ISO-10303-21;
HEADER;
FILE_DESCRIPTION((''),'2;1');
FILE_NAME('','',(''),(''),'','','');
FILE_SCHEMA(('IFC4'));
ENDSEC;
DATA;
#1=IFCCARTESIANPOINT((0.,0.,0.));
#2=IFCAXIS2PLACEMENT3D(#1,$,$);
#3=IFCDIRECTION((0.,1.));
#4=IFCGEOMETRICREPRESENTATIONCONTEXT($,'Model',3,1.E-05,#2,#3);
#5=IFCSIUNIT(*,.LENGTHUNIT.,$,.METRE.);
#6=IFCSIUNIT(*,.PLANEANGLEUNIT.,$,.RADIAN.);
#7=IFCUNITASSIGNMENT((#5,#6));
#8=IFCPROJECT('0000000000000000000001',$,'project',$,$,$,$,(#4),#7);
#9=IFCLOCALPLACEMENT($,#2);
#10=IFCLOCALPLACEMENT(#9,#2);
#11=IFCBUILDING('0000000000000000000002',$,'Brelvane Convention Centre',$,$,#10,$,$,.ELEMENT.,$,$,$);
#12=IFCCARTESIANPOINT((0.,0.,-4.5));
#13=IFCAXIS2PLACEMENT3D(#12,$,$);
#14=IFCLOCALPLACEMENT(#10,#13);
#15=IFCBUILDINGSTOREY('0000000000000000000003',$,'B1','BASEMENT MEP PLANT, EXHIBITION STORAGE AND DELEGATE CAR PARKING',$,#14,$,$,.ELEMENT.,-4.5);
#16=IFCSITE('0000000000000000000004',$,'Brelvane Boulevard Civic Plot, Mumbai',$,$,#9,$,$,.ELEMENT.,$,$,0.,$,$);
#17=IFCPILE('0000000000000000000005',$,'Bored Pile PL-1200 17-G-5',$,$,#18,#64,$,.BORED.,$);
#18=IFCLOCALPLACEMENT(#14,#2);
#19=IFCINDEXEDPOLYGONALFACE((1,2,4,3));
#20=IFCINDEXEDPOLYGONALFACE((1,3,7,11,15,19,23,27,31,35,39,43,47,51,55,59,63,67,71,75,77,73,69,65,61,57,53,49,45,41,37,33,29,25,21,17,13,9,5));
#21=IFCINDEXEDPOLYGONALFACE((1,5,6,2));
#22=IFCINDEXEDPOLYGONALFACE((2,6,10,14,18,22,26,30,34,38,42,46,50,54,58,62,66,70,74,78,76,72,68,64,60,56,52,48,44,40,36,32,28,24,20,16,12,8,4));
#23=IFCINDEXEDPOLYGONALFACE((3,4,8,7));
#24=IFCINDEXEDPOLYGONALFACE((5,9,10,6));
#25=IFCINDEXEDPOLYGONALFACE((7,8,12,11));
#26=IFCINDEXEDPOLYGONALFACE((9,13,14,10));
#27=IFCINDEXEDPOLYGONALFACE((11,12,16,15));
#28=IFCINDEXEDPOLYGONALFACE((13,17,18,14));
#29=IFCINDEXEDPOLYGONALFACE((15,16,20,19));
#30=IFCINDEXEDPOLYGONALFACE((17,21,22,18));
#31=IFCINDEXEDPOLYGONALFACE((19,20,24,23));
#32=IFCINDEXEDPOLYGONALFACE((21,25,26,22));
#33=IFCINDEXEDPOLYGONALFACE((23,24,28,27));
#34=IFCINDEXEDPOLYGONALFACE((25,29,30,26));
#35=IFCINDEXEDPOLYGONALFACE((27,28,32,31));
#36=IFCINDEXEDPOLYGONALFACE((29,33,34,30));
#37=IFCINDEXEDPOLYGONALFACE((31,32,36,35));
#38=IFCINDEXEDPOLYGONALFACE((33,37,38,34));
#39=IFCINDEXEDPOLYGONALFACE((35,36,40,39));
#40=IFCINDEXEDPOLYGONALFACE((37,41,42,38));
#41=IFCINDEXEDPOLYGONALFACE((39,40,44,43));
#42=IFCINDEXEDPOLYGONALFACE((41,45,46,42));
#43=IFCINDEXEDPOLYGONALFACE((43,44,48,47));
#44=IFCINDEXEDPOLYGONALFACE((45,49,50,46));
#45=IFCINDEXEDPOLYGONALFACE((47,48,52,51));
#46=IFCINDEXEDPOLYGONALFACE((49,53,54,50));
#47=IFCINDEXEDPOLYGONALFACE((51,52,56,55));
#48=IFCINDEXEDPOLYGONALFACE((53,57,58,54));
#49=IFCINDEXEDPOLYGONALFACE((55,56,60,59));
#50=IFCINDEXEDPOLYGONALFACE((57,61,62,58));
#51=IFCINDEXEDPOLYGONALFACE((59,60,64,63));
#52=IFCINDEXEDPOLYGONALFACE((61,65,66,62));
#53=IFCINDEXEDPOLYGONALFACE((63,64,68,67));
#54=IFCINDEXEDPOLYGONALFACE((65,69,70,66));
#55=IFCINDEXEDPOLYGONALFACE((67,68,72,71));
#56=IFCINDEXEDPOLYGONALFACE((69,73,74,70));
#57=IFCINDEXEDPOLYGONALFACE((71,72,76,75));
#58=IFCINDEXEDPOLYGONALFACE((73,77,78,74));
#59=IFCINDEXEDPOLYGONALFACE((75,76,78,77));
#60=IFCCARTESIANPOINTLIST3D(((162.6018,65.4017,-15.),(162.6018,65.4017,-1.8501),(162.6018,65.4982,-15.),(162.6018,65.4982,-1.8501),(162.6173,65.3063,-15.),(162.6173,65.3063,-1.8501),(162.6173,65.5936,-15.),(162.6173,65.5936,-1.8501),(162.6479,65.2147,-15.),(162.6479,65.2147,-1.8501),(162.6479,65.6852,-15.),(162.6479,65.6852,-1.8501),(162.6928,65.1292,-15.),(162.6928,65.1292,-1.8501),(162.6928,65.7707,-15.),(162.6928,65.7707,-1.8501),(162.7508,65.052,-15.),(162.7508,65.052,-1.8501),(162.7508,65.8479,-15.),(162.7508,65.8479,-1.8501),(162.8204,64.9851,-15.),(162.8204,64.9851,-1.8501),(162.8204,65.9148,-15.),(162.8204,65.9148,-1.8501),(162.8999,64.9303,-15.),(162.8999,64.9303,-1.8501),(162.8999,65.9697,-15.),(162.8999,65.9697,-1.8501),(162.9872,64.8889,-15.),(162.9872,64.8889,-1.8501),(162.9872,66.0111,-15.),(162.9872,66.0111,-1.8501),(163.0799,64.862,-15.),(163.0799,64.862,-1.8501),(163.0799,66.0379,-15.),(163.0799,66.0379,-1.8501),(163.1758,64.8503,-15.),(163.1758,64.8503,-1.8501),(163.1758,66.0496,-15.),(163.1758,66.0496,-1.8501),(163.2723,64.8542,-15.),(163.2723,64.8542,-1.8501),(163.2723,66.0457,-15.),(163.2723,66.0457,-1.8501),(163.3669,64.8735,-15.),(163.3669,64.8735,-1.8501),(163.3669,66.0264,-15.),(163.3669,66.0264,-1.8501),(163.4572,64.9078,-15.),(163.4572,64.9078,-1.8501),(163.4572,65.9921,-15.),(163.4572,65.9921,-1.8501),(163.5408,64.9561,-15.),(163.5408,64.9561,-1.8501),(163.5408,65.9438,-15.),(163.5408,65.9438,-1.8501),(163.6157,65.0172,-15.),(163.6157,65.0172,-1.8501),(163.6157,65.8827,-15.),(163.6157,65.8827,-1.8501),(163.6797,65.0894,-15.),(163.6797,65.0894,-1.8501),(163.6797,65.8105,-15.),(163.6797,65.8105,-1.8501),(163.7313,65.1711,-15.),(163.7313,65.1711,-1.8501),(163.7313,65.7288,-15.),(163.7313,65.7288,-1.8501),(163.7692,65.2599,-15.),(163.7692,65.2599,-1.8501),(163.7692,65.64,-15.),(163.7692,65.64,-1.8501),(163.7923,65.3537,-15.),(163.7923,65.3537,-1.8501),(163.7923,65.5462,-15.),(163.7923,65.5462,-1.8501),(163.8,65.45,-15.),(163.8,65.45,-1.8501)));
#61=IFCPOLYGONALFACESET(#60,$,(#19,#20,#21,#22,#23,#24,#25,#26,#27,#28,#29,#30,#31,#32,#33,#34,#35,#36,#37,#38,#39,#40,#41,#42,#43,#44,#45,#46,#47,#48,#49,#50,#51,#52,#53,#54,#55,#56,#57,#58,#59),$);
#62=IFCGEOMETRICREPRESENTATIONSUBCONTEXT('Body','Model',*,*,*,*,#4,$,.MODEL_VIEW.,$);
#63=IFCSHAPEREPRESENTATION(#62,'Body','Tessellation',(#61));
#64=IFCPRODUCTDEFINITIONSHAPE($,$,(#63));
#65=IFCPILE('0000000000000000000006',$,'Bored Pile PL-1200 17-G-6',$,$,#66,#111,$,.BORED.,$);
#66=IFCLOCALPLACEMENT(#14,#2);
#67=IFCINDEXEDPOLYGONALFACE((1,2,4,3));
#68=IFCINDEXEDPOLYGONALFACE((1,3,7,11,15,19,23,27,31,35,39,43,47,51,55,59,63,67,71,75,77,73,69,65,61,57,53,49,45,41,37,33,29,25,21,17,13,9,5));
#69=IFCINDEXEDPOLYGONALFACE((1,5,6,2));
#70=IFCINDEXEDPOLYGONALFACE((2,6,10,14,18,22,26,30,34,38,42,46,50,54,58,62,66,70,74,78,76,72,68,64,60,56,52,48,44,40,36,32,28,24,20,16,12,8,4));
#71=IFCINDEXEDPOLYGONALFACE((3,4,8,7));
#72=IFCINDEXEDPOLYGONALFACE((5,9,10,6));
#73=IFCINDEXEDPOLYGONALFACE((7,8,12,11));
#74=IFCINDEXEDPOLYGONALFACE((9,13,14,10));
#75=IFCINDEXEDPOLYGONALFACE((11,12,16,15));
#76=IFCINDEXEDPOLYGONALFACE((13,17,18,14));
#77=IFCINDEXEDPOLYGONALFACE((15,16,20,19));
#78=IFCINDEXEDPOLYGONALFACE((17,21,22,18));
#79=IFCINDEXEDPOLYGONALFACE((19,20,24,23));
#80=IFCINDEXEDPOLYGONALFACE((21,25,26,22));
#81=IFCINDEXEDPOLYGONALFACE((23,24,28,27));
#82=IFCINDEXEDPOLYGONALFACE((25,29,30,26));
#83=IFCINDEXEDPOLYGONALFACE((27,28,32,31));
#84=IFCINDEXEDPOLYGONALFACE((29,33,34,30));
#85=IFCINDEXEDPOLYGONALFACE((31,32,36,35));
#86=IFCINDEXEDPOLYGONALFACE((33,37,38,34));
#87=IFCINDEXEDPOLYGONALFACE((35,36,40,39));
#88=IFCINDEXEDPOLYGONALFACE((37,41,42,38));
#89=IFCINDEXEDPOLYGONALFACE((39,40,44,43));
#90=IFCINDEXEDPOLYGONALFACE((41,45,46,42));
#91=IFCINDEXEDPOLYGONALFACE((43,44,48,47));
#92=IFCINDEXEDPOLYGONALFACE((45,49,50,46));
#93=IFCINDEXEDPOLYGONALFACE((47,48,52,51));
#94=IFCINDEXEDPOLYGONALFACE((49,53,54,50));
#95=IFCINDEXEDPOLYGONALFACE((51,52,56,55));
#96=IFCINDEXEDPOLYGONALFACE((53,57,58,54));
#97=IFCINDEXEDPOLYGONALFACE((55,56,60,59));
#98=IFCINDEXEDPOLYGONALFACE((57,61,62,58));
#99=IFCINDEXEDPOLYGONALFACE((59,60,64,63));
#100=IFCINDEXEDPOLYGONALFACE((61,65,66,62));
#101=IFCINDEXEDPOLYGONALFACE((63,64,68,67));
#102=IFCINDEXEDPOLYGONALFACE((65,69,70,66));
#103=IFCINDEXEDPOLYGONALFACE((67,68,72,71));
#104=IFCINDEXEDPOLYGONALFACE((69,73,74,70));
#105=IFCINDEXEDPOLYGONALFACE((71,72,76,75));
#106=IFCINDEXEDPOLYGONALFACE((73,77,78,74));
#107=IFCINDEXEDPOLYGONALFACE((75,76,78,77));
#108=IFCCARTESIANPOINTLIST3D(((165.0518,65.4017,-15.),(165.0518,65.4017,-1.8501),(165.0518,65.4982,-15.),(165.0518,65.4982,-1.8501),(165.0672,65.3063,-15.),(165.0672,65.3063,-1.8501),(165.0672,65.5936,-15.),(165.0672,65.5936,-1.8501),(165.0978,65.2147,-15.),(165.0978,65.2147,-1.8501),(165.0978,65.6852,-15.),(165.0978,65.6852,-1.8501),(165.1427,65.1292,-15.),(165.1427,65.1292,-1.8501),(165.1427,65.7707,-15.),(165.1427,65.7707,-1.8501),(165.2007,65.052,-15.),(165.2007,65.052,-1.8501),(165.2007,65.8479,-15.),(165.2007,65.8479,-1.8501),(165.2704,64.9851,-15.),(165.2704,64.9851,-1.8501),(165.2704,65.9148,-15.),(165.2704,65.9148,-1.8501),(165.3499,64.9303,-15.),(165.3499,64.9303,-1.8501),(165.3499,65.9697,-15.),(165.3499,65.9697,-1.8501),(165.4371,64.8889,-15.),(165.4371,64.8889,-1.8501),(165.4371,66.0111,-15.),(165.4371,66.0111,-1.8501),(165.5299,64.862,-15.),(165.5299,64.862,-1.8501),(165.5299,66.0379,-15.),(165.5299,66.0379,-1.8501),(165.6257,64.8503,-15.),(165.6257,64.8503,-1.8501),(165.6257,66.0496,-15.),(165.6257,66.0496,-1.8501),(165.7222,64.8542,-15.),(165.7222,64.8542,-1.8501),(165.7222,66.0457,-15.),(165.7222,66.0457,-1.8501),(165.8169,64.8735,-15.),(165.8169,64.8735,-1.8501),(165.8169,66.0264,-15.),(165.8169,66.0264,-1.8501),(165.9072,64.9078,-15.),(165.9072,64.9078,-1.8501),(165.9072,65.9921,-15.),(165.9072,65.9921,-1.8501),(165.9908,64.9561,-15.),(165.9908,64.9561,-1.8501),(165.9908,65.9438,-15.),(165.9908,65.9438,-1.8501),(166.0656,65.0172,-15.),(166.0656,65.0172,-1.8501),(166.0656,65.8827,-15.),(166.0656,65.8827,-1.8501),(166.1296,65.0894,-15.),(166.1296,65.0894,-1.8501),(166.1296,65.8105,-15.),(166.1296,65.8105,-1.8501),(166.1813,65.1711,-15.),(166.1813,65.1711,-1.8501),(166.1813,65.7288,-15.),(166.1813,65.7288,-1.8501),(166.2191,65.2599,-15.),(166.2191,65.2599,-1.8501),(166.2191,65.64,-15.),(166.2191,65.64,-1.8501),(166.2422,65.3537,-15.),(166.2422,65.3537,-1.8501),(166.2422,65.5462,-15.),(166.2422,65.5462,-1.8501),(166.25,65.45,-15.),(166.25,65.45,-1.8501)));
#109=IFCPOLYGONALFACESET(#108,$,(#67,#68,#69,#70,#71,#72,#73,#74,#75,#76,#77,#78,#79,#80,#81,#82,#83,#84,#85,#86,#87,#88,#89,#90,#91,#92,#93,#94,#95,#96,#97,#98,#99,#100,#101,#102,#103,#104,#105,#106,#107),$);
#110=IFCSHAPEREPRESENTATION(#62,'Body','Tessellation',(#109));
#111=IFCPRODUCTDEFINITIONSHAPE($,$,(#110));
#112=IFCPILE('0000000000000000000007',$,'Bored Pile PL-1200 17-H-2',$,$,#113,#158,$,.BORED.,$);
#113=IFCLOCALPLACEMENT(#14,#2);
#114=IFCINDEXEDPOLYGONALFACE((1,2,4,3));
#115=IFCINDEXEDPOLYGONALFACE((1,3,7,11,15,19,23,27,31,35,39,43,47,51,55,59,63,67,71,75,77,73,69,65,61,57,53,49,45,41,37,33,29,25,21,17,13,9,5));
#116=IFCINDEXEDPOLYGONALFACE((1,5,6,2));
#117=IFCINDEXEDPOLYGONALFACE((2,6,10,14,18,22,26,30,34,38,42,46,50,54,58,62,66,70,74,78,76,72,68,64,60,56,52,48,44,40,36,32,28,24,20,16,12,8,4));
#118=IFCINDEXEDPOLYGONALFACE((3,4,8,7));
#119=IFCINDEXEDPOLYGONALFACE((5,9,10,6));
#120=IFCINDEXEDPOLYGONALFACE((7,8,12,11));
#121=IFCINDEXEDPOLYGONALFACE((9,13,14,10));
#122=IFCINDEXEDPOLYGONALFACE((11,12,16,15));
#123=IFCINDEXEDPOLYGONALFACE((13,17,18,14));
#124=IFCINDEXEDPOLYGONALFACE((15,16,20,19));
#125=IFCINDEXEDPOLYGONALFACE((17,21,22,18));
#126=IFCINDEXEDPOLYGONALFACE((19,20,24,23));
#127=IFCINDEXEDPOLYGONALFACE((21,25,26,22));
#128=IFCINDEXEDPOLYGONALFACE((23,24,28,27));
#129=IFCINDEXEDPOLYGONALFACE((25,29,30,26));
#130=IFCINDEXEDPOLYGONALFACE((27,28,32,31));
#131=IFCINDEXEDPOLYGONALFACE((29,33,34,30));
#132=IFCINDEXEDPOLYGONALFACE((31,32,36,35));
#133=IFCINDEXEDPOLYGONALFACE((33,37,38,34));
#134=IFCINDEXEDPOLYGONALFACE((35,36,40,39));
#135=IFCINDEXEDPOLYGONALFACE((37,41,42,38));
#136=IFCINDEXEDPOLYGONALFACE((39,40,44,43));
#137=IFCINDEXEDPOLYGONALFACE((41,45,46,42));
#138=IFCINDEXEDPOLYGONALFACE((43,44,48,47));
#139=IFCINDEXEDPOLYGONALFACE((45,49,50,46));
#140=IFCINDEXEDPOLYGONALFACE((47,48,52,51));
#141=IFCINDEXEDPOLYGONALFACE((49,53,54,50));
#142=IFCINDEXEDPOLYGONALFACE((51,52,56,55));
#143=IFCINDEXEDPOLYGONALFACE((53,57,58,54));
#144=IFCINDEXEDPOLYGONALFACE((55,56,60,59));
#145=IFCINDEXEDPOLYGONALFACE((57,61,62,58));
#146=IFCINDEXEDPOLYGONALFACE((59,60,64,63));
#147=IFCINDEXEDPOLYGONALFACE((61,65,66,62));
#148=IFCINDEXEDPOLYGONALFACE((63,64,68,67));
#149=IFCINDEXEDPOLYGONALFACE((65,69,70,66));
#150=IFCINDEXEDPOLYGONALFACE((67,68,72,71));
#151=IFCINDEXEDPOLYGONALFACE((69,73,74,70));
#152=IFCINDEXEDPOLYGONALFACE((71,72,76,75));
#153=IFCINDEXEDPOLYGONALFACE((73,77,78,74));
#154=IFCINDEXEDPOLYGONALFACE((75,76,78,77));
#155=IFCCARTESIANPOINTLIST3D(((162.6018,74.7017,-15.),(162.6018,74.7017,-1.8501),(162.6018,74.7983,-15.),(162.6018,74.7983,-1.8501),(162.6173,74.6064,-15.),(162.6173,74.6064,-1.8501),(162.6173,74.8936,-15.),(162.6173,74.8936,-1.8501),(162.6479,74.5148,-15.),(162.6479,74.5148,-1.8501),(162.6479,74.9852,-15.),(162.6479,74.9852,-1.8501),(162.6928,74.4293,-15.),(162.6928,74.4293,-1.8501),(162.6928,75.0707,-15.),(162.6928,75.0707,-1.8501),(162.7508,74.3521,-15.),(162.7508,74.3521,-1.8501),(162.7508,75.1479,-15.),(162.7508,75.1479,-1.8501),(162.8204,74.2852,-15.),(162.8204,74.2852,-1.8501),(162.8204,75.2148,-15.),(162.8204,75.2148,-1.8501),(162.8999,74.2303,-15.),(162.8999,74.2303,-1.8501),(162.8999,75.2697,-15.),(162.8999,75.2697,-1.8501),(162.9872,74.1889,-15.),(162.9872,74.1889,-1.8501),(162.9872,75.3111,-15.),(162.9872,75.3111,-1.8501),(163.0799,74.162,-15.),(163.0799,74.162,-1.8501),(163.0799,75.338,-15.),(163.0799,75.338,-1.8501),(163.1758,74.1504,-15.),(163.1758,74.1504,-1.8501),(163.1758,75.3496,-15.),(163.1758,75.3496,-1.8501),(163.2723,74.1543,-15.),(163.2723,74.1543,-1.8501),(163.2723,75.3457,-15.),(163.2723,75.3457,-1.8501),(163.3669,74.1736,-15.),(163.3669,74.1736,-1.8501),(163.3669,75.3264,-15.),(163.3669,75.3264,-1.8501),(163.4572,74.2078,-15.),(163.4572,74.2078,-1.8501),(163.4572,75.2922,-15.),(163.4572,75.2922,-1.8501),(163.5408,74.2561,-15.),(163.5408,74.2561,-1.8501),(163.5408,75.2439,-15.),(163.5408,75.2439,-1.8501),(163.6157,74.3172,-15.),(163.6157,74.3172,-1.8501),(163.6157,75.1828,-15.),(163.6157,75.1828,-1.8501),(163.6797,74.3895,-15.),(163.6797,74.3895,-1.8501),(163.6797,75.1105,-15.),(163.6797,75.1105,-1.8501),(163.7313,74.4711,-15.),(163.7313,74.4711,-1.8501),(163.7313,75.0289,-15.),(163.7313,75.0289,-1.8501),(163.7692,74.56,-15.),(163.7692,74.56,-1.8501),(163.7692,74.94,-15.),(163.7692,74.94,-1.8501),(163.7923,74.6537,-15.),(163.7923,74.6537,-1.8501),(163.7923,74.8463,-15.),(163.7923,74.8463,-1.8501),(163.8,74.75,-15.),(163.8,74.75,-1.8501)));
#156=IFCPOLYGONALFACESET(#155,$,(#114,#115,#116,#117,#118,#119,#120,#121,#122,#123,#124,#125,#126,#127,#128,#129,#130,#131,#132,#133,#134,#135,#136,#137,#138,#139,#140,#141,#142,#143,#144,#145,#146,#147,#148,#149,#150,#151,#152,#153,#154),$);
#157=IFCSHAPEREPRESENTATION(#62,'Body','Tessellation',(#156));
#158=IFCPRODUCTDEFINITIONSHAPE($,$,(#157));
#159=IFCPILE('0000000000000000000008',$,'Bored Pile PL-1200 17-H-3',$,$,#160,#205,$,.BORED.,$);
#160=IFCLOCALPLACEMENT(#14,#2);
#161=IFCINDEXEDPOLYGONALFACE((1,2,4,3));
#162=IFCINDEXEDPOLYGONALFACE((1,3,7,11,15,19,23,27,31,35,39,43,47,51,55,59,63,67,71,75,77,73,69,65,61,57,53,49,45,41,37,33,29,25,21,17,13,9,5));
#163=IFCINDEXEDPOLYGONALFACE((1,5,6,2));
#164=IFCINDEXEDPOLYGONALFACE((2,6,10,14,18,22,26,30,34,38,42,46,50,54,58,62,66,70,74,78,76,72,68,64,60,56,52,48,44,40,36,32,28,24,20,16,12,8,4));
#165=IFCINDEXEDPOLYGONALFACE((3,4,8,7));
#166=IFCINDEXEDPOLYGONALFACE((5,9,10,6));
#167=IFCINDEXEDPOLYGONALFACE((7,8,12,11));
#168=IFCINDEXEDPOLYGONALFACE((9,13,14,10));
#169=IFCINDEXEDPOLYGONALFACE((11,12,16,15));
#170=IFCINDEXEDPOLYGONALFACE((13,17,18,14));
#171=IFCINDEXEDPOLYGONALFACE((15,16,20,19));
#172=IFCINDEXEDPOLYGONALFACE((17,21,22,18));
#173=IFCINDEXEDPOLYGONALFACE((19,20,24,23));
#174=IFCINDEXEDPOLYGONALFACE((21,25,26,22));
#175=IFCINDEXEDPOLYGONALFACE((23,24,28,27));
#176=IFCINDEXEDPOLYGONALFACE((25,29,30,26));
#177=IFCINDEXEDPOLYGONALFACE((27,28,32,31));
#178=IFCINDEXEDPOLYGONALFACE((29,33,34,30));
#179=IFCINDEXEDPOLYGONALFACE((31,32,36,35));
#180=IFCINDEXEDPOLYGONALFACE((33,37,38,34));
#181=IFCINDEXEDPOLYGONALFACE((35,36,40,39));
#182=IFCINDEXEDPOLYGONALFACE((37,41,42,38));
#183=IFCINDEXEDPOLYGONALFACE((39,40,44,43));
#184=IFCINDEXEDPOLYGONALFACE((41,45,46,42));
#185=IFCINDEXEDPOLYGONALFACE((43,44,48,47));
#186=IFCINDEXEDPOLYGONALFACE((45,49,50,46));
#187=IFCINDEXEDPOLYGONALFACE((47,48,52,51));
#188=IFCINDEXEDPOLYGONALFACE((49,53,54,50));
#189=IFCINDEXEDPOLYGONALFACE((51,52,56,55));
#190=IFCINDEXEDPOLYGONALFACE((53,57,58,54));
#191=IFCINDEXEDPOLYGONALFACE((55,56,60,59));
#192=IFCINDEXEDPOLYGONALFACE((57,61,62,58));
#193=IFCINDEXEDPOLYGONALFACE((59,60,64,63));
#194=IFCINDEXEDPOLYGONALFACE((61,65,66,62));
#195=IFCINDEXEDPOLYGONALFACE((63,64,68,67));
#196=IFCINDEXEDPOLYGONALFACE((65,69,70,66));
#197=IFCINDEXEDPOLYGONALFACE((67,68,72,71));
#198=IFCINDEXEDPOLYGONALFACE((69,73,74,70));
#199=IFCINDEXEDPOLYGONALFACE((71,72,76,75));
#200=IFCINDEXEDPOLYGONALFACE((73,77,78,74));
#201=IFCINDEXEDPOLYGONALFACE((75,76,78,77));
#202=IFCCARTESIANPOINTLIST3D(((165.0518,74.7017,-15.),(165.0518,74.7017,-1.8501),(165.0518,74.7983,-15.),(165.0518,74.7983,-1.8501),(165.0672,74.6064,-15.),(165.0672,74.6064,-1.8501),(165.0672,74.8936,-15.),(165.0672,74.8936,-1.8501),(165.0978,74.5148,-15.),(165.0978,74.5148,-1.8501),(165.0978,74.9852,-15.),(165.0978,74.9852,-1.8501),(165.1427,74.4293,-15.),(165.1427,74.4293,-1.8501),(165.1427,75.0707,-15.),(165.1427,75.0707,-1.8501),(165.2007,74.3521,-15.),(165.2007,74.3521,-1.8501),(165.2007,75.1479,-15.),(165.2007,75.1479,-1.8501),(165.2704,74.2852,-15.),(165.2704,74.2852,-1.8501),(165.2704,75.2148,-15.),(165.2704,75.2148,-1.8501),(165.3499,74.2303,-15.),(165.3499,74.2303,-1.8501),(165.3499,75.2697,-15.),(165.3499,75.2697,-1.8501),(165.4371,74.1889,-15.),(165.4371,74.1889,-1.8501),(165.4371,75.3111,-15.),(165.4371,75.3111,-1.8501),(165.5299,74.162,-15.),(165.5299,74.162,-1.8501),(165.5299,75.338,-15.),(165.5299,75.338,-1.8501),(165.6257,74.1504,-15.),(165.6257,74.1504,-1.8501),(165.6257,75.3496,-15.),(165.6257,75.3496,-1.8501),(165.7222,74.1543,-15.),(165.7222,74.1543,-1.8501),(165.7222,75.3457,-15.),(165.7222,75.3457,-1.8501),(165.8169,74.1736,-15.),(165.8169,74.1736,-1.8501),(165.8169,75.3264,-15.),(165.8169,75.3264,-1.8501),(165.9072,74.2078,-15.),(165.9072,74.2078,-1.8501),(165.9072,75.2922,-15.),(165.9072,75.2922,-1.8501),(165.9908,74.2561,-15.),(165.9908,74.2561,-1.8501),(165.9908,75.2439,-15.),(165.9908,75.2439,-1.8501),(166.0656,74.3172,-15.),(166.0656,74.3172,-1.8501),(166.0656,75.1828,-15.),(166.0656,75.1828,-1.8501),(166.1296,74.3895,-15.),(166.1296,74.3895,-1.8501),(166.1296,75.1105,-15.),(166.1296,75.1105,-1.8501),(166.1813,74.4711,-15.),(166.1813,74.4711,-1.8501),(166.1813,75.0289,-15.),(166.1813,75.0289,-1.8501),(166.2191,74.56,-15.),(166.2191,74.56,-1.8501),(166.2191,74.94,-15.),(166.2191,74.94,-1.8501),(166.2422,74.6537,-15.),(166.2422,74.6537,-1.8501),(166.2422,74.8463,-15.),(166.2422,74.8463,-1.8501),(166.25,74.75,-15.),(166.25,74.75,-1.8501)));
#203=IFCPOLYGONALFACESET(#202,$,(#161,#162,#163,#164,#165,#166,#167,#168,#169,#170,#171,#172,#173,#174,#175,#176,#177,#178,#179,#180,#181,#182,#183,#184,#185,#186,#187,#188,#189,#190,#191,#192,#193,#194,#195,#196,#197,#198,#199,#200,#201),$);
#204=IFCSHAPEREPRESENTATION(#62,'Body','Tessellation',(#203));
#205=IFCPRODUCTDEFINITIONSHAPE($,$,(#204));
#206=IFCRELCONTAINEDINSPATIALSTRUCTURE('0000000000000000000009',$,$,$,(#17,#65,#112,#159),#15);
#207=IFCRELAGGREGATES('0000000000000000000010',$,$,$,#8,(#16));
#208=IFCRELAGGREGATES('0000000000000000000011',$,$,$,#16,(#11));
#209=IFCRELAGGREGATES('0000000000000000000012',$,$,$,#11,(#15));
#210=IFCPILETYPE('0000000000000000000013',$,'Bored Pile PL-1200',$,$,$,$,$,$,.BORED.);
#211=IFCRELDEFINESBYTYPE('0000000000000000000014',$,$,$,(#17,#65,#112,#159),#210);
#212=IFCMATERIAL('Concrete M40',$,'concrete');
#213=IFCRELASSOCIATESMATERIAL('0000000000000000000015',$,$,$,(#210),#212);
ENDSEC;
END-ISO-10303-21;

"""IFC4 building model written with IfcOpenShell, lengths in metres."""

from ifc_helpers import new_model, si_unit, direction, frame, origin, origin_2d, place, context, subcontext, project, spatial, circle, extrude, material, material_profile, profile_set, type_object, element, save


model = new_model("IFC4")

# Units and contexts
model_context = context("Model", 3, precision=1e-05, world=origin(), true_north=direction((0.0, 1.0)))
body_context = subcontext(model_context, "Body", "Model", "MODEL_VIEW")
ifc_project = project(units=[si_unit("LENGTHUNIT", "METRE"), si_unit("PLANEANGLEUNIT", "RADIAN")], contexts=[model_context])

# Site, building, storey
site_placement = place(None, origin())
site = spatial("IfcSite", under=ifc_project, at=site_placement, Name="Brelvane Boulevard Civic Plot, Mumbai", CompositionType="ELEMENT", RefElevation=0.0)
building_placement = place(site_placement, origin())
building = spatial("IfcBuilding", under=site, at=building_placement, Name="Brelvane Convention Centre", CompositionType="ELEMENT")
storey_placement = place(building_placement, frame((0.0, 0.0, -4.5)))
storey = spatial("IfcBuildingStorey", under=building, at=storey_placement, Name="B1", Description="BASEMENT MEP PLANT, EXHIBITION STORAGE AND DELEGATE CAR PARKING", CompositionType="ELEMENT", Elevation=-4.5)

# Piles
ifc_material_1 = material(Name="Concrete M40", Category="concrete")
ifc_material_profile_1 = material_profile(ifc_material_1, circle(Radius=0.6001, at=origin_2d()), Name="PILE D1200")
ifc_profile_set_1 = profile_set([ifc_material_profile_1], Name="Concrete M40")
pile_type_1 = type_object("IfcPileType", Name="Bored Pile PL-1200", PredefinedType="BORED", material=ifc_profile_set_1)
for number, where, z_axis, x_axis, name in (
    (1, (163.2, 65.45, -1.8501), (0.0, 0.0, -1.0), (1.0, 0.0, 0.0), "Bored Pile PL-1200 17-G-5"),
    (2, (165.6499, 65.45, -1.8501), (0.0, 0.0, -1.0), (1.0, 0.0, 0.0), "Bored Pile PL-1200 17-G-6"),
    (3, (163.2, 74.75, -1.8501), (0.0, 0.0, -1.0), (1.0, 0.0, 0.0), "Bored Pile PL-1200 17-H-2"),
    (4, (165.6499, 74.75, -1.8501), (0.0, 0.0, -1.0), (1.0, 0.0, 0.0), "Bored Pile PL-1200 17-H-3"),
):
    element("IfcPile", number, at=place(storey_placement, frame(where, z_axis=z_axis, x_axis=x_axis)), inside=storey, type_object=pile_type_1, Name=name, PredefinedType="BORED", context=body_context, shape_type="SweptSolid", body=[
        extrude(circle(Radius=0.6001, at=origin_2d()), origin(), (0.0, 0.0, 1.0), 13.1499),
    ])

save(model, "model.ifc")
